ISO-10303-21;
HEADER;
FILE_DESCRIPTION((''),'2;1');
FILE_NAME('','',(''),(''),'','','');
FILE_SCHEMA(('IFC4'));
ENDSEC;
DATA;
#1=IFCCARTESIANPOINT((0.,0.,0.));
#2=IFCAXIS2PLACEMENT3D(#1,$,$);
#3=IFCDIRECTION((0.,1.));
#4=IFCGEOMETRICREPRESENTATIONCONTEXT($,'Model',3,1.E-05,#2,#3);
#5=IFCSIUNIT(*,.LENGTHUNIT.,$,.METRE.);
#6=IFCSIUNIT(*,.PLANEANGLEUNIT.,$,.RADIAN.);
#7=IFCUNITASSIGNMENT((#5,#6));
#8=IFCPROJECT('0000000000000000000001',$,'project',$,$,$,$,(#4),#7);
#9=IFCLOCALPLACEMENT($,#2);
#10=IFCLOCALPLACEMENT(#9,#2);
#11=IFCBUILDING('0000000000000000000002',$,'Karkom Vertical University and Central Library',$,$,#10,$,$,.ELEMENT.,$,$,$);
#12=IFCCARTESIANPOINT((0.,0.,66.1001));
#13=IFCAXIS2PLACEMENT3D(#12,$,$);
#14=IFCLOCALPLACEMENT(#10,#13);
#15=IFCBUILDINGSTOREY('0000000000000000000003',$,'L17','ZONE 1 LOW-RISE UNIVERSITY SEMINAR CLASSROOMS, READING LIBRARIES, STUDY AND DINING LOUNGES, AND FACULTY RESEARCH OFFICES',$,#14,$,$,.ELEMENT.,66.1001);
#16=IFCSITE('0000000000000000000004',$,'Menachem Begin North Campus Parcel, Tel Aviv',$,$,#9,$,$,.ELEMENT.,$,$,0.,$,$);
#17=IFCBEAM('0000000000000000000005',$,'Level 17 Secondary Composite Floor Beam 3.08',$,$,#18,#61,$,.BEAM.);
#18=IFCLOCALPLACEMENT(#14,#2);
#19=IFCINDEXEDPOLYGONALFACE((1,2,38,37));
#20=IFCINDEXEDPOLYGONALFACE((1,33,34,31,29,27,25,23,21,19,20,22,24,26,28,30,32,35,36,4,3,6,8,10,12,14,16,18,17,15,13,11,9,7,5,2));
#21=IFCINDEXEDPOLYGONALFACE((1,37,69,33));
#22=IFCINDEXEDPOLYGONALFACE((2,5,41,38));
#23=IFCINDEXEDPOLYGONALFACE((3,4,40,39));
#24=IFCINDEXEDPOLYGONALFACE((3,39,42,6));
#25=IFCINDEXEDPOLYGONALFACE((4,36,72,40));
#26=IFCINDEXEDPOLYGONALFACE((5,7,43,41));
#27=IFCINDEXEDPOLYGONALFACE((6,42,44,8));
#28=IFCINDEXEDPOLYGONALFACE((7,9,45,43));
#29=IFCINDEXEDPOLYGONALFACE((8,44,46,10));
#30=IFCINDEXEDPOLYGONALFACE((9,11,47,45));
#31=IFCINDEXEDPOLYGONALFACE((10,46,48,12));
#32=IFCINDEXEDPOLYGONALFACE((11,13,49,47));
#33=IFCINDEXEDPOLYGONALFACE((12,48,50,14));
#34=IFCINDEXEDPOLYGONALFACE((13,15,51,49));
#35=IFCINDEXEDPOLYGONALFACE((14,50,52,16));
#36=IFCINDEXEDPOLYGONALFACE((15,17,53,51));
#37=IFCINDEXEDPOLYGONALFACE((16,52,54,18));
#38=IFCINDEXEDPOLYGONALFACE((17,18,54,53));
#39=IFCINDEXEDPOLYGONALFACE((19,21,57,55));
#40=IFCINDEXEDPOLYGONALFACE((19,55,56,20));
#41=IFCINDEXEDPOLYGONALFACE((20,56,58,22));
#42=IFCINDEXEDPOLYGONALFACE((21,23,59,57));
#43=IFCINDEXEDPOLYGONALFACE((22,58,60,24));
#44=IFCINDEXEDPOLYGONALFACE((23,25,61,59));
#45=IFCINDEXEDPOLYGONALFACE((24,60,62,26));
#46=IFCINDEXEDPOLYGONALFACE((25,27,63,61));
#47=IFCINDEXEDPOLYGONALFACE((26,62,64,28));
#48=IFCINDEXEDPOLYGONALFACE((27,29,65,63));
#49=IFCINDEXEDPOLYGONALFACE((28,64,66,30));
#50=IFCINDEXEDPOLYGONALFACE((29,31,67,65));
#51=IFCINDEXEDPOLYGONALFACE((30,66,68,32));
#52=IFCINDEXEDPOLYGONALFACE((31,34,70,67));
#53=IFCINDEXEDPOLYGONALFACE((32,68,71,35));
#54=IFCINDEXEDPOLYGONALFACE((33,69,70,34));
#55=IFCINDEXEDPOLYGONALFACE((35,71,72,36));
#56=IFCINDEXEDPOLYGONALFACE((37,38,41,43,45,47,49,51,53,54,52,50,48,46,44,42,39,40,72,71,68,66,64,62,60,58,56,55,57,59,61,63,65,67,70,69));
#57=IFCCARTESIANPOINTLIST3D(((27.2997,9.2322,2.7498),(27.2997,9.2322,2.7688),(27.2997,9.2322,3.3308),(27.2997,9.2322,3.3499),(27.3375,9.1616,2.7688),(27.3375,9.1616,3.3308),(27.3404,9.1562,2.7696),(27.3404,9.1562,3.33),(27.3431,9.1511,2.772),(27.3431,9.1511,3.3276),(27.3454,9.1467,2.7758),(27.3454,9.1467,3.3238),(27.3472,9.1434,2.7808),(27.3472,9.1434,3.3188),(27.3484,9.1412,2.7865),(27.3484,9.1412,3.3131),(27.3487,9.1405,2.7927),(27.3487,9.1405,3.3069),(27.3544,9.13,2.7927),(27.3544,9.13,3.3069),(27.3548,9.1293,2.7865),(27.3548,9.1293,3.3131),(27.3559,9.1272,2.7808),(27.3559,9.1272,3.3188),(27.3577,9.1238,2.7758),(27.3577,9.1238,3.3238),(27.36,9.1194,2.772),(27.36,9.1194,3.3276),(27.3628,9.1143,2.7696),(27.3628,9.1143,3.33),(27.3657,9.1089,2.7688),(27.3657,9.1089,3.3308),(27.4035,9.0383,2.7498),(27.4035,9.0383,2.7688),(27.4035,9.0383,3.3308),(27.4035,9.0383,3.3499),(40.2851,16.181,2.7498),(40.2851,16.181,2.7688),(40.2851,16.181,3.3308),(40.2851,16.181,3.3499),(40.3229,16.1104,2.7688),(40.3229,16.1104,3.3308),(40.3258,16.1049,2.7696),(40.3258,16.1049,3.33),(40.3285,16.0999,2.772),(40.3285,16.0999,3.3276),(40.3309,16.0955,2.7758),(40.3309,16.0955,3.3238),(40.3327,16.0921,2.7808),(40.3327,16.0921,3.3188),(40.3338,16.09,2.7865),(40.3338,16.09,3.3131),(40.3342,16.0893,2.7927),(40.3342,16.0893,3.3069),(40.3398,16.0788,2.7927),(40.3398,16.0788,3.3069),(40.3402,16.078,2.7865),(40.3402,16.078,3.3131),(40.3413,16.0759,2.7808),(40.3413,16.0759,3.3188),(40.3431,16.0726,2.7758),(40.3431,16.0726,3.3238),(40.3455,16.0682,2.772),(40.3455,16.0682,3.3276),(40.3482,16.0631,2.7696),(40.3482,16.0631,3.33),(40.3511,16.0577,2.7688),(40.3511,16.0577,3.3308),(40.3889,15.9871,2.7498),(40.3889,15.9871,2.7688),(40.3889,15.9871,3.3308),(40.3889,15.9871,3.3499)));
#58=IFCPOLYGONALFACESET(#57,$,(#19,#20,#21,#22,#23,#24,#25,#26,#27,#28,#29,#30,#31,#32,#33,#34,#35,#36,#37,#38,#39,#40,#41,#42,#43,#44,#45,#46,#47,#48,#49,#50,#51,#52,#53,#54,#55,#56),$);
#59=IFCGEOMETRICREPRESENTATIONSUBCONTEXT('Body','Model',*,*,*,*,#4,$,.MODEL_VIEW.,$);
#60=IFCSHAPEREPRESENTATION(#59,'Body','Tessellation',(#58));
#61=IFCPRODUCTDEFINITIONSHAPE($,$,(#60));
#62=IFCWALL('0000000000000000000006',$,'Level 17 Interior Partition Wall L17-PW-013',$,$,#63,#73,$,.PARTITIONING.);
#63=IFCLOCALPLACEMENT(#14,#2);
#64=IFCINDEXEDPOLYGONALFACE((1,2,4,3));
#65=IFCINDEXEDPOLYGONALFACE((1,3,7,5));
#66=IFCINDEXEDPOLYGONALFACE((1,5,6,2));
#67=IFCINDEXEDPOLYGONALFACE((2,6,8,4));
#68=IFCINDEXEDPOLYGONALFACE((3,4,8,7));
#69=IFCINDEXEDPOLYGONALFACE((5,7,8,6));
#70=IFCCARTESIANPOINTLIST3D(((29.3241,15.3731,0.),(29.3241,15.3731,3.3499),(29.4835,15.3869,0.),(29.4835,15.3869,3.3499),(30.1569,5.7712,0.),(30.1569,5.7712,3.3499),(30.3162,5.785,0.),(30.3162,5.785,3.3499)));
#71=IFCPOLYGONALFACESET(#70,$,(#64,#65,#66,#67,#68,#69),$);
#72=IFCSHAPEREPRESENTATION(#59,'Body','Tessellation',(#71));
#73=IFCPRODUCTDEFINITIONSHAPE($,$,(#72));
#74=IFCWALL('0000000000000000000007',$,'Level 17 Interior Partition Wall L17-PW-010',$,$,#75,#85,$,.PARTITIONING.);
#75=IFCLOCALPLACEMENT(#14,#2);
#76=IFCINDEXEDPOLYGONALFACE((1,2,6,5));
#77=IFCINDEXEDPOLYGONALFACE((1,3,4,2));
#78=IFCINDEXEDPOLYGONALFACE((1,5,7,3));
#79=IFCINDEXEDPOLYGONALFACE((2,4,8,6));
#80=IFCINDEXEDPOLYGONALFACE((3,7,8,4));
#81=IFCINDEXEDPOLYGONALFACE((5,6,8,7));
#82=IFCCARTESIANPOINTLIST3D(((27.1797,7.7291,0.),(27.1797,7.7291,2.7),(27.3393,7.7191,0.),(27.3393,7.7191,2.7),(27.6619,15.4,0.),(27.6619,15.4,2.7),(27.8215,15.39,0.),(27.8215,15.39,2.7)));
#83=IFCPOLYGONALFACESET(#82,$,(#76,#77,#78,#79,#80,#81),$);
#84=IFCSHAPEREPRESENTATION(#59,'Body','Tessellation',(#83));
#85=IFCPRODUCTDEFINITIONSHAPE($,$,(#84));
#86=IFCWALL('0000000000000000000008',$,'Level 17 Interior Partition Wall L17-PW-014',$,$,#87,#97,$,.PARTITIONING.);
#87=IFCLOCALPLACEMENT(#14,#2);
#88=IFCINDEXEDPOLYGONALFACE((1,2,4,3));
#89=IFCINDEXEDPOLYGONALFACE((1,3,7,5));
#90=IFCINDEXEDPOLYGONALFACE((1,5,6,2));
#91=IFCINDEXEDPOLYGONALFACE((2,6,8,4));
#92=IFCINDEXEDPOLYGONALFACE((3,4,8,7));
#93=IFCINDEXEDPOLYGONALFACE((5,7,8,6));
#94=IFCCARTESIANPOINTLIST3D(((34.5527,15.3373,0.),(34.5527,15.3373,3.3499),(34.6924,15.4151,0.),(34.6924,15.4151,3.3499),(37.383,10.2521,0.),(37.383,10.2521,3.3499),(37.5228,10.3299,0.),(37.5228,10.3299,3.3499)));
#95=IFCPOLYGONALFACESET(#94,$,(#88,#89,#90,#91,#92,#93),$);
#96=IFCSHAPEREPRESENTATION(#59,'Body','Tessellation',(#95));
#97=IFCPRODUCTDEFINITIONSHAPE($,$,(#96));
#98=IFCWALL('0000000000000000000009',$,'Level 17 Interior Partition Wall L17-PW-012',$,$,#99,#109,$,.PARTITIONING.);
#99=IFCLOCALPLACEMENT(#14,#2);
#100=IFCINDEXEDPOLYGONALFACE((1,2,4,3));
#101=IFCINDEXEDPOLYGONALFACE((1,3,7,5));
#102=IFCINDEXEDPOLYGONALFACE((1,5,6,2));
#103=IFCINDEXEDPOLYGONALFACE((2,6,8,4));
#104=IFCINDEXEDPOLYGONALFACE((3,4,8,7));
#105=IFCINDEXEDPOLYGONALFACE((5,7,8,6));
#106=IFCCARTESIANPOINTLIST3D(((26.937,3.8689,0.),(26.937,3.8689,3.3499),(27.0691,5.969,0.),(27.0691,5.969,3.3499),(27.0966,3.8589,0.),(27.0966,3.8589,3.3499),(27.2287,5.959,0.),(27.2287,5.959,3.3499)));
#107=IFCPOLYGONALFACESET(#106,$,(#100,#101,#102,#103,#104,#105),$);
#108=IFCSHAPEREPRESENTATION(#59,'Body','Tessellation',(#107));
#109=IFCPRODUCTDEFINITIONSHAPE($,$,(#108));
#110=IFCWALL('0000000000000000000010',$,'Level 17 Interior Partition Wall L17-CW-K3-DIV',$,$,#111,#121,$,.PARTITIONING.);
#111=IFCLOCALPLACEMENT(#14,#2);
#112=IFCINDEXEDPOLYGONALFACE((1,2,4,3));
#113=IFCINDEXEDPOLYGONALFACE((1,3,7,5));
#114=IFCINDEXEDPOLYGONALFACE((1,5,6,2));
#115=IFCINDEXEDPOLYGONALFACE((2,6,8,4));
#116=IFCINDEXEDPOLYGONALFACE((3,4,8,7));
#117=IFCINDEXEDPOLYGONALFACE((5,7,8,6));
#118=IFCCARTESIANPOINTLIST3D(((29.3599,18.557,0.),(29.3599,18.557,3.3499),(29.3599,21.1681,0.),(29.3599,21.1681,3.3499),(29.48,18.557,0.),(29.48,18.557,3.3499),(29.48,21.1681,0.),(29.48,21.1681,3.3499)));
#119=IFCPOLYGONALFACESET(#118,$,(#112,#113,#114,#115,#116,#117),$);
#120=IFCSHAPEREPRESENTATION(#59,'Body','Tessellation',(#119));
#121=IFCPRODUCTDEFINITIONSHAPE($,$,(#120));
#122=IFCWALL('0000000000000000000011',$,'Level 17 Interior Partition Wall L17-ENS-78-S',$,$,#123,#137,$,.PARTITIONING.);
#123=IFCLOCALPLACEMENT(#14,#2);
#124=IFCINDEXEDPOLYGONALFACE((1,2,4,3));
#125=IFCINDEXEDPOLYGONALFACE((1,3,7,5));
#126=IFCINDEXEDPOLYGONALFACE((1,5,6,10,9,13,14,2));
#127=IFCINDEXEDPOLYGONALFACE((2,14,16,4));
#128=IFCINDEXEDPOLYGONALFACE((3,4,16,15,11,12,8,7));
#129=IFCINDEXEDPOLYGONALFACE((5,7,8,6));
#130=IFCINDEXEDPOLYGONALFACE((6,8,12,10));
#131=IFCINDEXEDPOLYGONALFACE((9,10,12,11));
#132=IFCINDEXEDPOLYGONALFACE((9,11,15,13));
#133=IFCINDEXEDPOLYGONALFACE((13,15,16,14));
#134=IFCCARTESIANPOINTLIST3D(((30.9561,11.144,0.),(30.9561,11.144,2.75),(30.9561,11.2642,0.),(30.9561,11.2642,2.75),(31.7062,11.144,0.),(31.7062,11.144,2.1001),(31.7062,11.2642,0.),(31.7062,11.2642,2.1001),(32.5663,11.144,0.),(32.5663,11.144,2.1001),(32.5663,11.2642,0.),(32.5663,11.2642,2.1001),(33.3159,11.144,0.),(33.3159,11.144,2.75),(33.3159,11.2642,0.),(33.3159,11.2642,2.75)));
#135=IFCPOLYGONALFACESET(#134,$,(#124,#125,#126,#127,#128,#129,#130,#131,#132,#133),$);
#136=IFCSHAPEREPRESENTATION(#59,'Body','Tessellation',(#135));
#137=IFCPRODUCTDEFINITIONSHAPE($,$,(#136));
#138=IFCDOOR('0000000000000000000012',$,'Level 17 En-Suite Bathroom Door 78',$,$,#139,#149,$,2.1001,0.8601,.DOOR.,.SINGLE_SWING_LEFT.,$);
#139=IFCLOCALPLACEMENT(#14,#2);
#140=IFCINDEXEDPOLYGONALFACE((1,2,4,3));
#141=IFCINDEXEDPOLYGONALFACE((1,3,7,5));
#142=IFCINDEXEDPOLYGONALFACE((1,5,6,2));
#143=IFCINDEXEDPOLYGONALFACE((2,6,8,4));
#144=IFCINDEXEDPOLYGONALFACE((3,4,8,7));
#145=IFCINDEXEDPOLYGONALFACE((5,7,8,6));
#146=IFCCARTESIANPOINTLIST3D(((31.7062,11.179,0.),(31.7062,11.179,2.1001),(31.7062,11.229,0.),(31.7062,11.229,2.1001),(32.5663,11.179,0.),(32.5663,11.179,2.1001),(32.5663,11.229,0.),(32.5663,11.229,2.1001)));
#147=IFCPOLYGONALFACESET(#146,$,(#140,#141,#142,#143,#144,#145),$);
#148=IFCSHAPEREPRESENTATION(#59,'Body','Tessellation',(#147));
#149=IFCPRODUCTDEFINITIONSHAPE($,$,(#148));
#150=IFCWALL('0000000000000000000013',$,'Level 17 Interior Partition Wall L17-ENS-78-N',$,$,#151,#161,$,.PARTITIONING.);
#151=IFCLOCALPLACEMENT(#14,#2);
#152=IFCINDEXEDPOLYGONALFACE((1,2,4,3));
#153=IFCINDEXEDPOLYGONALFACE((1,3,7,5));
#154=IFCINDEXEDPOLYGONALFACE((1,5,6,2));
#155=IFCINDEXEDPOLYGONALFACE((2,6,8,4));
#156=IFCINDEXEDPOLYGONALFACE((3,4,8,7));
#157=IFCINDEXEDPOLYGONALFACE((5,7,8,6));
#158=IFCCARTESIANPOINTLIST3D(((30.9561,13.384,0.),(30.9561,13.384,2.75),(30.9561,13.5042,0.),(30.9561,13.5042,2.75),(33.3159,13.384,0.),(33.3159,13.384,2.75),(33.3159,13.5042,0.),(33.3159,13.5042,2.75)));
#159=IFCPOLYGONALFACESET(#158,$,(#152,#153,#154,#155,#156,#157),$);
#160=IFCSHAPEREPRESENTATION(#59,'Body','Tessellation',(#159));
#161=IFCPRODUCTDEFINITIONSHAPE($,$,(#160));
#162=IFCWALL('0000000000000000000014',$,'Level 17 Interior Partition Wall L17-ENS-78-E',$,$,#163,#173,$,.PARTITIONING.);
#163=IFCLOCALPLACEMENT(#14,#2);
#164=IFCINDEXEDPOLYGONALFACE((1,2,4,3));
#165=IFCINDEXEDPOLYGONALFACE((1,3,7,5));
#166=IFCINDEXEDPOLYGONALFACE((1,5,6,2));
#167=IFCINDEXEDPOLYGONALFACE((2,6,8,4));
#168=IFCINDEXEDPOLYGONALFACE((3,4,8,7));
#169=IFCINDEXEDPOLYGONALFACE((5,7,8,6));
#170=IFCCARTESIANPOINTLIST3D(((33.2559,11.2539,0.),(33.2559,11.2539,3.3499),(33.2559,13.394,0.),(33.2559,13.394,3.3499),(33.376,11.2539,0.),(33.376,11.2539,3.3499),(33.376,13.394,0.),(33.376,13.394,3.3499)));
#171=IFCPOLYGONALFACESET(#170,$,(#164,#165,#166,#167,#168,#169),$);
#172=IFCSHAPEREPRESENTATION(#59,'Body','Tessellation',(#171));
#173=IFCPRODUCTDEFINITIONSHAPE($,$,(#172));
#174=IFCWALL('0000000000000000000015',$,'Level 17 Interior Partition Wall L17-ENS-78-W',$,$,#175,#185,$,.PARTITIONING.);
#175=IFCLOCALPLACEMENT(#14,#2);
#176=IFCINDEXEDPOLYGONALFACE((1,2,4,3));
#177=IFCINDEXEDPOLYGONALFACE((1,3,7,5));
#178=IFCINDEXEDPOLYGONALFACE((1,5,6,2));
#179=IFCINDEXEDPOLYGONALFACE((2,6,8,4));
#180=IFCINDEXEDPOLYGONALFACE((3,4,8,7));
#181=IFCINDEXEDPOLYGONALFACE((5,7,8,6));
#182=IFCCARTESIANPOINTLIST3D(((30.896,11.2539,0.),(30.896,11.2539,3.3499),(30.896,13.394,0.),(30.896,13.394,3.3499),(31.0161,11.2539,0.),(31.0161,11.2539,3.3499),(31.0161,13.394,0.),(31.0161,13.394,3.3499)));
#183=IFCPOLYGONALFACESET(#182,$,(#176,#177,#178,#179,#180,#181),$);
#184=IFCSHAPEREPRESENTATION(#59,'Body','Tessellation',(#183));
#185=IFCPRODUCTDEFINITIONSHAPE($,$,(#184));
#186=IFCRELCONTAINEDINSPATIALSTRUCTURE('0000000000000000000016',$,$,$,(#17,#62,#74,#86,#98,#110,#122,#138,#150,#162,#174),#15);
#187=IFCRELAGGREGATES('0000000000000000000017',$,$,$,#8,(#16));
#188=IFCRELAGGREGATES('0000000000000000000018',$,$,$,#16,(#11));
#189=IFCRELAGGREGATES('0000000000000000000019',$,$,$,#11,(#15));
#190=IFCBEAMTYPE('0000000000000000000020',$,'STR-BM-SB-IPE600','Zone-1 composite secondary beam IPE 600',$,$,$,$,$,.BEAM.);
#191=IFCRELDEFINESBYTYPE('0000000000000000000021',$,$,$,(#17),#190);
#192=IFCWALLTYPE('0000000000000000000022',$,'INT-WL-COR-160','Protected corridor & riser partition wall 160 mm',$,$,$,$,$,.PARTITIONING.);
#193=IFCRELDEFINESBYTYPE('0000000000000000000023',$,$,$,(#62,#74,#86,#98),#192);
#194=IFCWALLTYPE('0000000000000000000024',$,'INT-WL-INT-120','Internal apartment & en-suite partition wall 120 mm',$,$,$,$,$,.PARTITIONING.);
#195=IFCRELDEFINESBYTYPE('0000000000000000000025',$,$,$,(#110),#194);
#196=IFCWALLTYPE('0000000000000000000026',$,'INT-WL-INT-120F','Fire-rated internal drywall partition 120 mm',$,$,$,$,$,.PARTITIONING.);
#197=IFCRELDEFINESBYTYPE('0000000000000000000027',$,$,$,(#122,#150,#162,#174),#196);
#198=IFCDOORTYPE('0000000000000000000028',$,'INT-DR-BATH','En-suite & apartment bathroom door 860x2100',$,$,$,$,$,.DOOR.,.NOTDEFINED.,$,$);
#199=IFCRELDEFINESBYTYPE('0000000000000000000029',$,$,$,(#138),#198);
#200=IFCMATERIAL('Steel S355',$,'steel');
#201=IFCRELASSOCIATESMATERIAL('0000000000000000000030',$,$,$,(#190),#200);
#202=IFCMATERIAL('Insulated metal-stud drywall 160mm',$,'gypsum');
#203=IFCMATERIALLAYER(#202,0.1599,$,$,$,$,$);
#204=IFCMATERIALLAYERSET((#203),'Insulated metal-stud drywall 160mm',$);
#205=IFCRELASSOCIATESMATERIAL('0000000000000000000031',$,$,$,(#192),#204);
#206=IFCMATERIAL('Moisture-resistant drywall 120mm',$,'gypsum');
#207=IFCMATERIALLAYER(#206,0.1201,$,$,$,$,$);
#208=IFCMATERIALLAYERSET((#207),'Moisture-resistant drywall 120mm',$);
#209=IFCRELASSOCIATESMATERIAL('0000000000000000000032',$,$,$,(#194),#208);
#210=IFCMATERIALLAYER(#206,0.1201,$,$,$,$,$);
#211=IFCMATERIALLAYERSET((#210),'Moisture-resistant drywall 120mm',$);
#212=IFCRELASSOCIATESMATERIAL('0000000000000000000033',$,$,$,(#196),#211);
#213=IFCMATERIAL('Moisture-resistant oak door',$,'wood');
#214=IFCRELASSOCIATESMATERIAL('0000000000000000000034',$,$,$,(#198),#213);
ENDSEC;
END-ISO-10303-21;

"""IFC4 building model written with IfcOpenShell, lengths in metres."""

from ifc_helpers import new_model, si_unit, direction, frame, frame_2d, origin, origin_with_axes, origin_2d, place, context, subcontext, project, spatial, rectangle, i_section, extrude, source, transform, mapped, material, layer, layer_set, material_profile, profile_set, type_object, element, fill, save


model = new_model("IFC4")

# Units and contexts
model_context = context("Model", 3, precision=1e-05, world=origin(), true_north=direction((0.0, 1.0)))
body_context = subcontext(model_context, "Body", "Model", "MODEL_VIEW")
ifc_project = project(units=[si_unit("LENGTHUNIT", "METRE"), si_unit("PLANEANGLEUNIT", "RADIAN")], contexts=[model_context])

# Site, building, storey
site_placement = place(None, origin())
site = spatial("IfcSite", under=ifc_project, at=site_placement, Name="Menachem Begin North Campus Parcel, Tel Aviv", CompositionType="ELEMENT", RefElevation=0.0)
building_placement = place(site_placement, origin())
building = spatial("IfcBuilding", under=site, at=building_placement, Name="Karkom Vertical University and Central Library", CompositionType="ELEMENT")
storey_placement = place(building_placement, frame((0.0, 0.0, 66.1001)))
storey = spatial("IfcBuildingStorey", under=building, at=storey_placement, Name="L17", Description="ZONE 1 LOW-RISE UNIVERSITY SEMINAR CLASSROOMS, READING LIBRARIES, STUDY AND DINING LOUNGES, AND FACULTY RESEARCH OFFICES", CompositionType="ELEMENT", Elevation=66.1001)

# Beam
ifc_material_1 = material(Name="Steel S355", Category="steel")
ifc_material_profile_1 = material_profile(ifc_material_1, i_section(OverallWidth=0.22, OverallDepth=0.6001, WebThickness=0.012, FlangeThickness=0.019, FilletRadius=0.0239, at=origin_2d()), Name="IPE 600")
ifc_profile_set_1 = profile_set([ifc_material_profile_1], Name="Steel S355")
beam_type_1 = type_object("IfcBeamType", Name="STR-BM-SB-IPE600", Description="Zone-1 composite secondary beam IPE 600", PredefinedType="BEAM", material=ifc_profile_set_1)
shared_shape_1 = source(origin_with_axes(), body_context, "Body", "SweptSolid", [
    extrude(i_section(OverallWidth=0.22, OverallDepth=0.6001, WebThickness=0.012, FlangeThickness=0.019, FilletRadius=0.0239, at=origin_2d()), origin(), (0.0, 0.0, 1.0), 14.7278),
])
beam_1_placement = place(storey_placement, frame((27.3516, 9.1353, 3.0498), z_axis=(0.881698, 0.471815, 0.0), x_axis=(-0.471815, 0.881698, 0.0)))
element("IfcBeam", 1, at=beam_1_placement, inside=storey, type_object=beam_type_1, Name="Level 17 Secondary Composite Floor Beam 3.08", PredefinedType="BEAM", context=body_context, shape_type="MappedRepresentation", body=[
    mapped(shared_shape_1, transform((0.0, 0.0, 0.0), scale=1.0)),
])

# Walls
ifc_material_2 = material(Name="Insulated metal-stud drywall 160mm", Category="gypsum")
ifc_layer_1 = layer(ifc_material_2, 0.1599)
ifc_layer_set_1 = layer_set([ifc_layer_1], Name="Insulated metal-stud drywall 160mm")
wall_type_1 = type_object("IfcWallType", Name="INT-WL-COR-160", Description="Protected corridor & riser partition wall 160 mm", PredefinedType="PARTITIONING", material=ifc_layer_set_1)
wall_1_placement = place(storey_placement, frame((29.4038, 15.3799, 0.0), z_axis=(0.0, 0.0, 1.0), x_axis=(0.086406, -0.99626, 0.0)))
element("IfcWall", 2, at=wall_1_placement, inside=storey, type_object=wall_type_1, Name="Level 17 Interior Partition Wall L17-PW-013", PredefinedType="PARTITIONING", context=body_context, shape_type="SweptSolid", body=[
    extrude(rectangle(XDim=9.6379, YDim=0.1599, at=frame_2d((4.8188, 0.0))), origin(), (0.0, 0.0, 1.0), 3.3499),
])
wall_2_placement = place(storey_placement, frame((27.7417, 15.395, 0.0), z_axis=(0.0, 0.0, 1.0), x_axis=(-0.062734, -0.99803, 0.0)))
element("IfcWall", 3, at=wall_2_placement, inside=storey, type_object=wall_type_1, Name="Level 17 Interior Partition Wall L17-PW-010", PredefinedType="PARTITIONING", context=body_context, shape_type="SweptSolid", body=[
    extrude(rectangle(XDim=7.686, YDim=0.1599, at=frame_2d((3.843, 0.0))), origin(), (0.0, 0.0, 1.0), 2.7),
])
wall_3_placement = place(storey_placement, frame((34.6226, 15.3762, 0.0), z_axis=(0.0, 0.0, 1.0), x_axis=(0.486327, -0.873777, 0.0)))
element("IfcWall", 4, at=wall_3_placement, inside=storey, type_object=wall_type_1, Name="Level 17 Interior Partition Wall L17-PW-014", PredefinedType="PARTITIONING", context=body_context, shape_type="SweptSolid", body=[
    extrude(rectangle(XDim=5.8198, YDim=0.1599, at=frame_2d((2.9099, 0.0))), origin(), (0.0, 0.0, 1.0), 3.3499),
])
wall_4_placement = place(storey_placement, frame((27.1489, 5.9641, 0.0), z_axis=(0.0, 0.0, 1.0), x_axis=(-0.062768, -0.998028, 0.0)))
element("IfcWall", 5, at=wall_4_placement, inside=storey, type_object=wall_type_1, Name="Level 17 Interior Partition Wall L17-PW-012", PredefinedType="PARTITIONING", context=body_context, shape_type="SweptSolid", body=[
    extrude(rectangle(XDim=2.1042, YDim=0.1599, at=frame_2d((1.0522, 0.0))), origin(), (0.0, 0.0, 1.0), 3.3499),
])
ifc_material_3 = material(Name="Moisture-resistant drywall 120mm", Category="gypsum")
ifc_layer_2 = layer(ifc_material_3, 0.1201)
ifc_layer_set_2 = layer_set([ifc_layer_2], Name="Moisture-resistant drywall 120mm")
wall_type_2 = type_object("IfcWallType", Name="INT-WL-INT-120", Description="Internal apartment & en-suite partition wall 120 mm", PredefinedType="PARTITIONING", material=ifc_layer_set_2)
wall_5_placement = place(storey_placement, frame((29.4199, 18.5569, 0.0), z_axis=(0.0, 0.0, 1.0), x_axis=(0.0, 1.0, 0.0)))
element("IfcWall", 6, at=wall_5_placement, inside=storey, type_object=wall_type_2, Name="Level 17 Interior Partition Wall L17-CW-K3-DIV", PredefinedType="PARTITIONING", context=body_context, shape_type="SweptSolid", body=[
    extrude(rectangle(XDim=2.6111, YDim=0.1201, at=frame_2d((1.3057, 0.0))), origin(), (0.0, 0.0, 1.0), 3.3499),
])

# Wall, opening, door
ifc_layer_3 = layer(ifc_material_3, 0.1201)
ifc_layer_set_3 = layer_set([ifc_layer_3], Name="Moisture-resistant drywall 120mm")
wall_type_3 = type_object("IfcWallType", Name="INT-WL-INT-120F", Description="Fire-rated internal drywall partition 120 mm", PredefinedType="PARTITIONING", material=ifc_layer_set_3)
wall_6_placement = place(storey_placement, frame((30.9561, 11.2041, 0.0), z_axis=(0.0, 0.0, 1.0), x_axis=(1.0, 0.0, 0.0)))
wall_6 = element("IfcWall", 7, at=wall_6_placement, inside=storey, type_object=wall_type_3, Name="Level 17 Interior Partition Wall L17-ENS-78-S", PredefinedType="PARTITIONING", context=body_context, shape_type="SweptSolid", body=[
    extrude(rectangle(XDim=2.3599, YDim=0.1201, at=frame_2d((1.1799, 0.0))), origin(), (0.0, 0.0, 1.0), 2.75),
])
opening_1_placement = place(wall_6_placement, frame((0.75, 0.0, 0.0)))
opening_1 = element("IfcOpeningElement", 8, at=opening_1_placement, cuts=wall_6, PredefinedType="OPENING", context=body_context, shape_type="SweptSolid", body=[
    extrude(rectangle(XDim=0.8601, YDim=2.1001, at=frame_2d((0.4302, 1.05))), frame((0.0, 0.0701, 0.0), z_axis=(0.0, -1.0, 0.0), x_axis=(1.0, 0.0, 0.0)), (0.0, 0.0, 1.0), 0.1401),
])
ifc_material_4 = material(Name="Moisture-resistant oak door", Category="wood")
door_type_1 = type_object("IfcDoorType", Name="INT-DR-BATH", Description="En-suite & apartment bathroom door 860x2100", OperationType="NOTDEFINED", PredefinedType="DOOR", material=ifc_material_4)
shared_shape_2 = source(origin_with_axes(), body_context, "Body", "SweptSolid", [
    extrude(rectangle(XDim=0.8601, YDim=2.1001, at=frame_2d((0.4302, 1.05))), frame((0.0, 0.0249, 0.0), z_axis=(0.0, -1.0, 0.0), x_axis=(1.0, 0.0, 0.0)), (0.0, 0.0, 1.0), 0.05),
])
door_1_placement = place(opening_1_placement, origin())
door_1 = element("IfcDoor", 9, at=door_1_placement, inside=storey, type_object=door_type_1, Name="Level 17 En-Suite Bathroom Door 78", OperationType="SINGLE_SWING_LEFT", OverallHeight=2.1001, OverallWidth=0.8601, PredefinedType="DOOR", context=body_context, shape_type="MappedRepresentation", body=[
    mapped(shared_shape_2, transform((0.0, 0.0, 0.0), scale=1.0)),
])
fill(opening_1, door_1)

# Walls
wall_7_placement = place(storey_placement, frame((33.3159, 13.4441, 0.0), z_axis=(0.0, 0.0, 1.0), x_axis=(-1.0, 0.0, 0.0)))
element("IfcWall", 10, at=wall_7_placement, inside=storey, type_object=wall_type_3, Name="Level 17 Interior Partition Wall L17-ENS-78-N", PredefinedType="PARTITIONING", context=body_context, shape_type="SweptSolid", body=[
    extrude(rectangle(XDim=2.3599, YDim=0.1201, at=frame_2d((1.1799, 0.0))), origin(), (0.0, 0.0, 1.0), 2.75),
])
for number, where, z_axis, x_axis, name in (
    (11, (33.3159, 11.2539, 0.0), (0.0, 0.0, 1.0), (0.0, 1.0, 0.0), "Level 17 Interior Partition Wall L17-ENS-78-E"),
    (12, (30.9561, 13.394, 0.0), (0.0, 0.0, 1.0), (0.0, -1.0, 0.0), "Level 17 Interior Partition Wall L17-ENS-78-W"),
):
    element("IfcWall", number, at=place(storey_placement, frame(where, z_axis=z_axis, x_axis=x_axis)), inside=storey, type_object=wall_type_3, Name=name, PredefinedType="PARTITIONING", context=body_context, shape_type="SweptSolid", body=[
        extrude(rectangle(XDim=2.1401, YDim=0.1201, at=frame_2d((1.0701, 0.0))), origin(), (0.0, 0.0, 1.0), 3.3499),
    ])

save(model, "model.ifc")
